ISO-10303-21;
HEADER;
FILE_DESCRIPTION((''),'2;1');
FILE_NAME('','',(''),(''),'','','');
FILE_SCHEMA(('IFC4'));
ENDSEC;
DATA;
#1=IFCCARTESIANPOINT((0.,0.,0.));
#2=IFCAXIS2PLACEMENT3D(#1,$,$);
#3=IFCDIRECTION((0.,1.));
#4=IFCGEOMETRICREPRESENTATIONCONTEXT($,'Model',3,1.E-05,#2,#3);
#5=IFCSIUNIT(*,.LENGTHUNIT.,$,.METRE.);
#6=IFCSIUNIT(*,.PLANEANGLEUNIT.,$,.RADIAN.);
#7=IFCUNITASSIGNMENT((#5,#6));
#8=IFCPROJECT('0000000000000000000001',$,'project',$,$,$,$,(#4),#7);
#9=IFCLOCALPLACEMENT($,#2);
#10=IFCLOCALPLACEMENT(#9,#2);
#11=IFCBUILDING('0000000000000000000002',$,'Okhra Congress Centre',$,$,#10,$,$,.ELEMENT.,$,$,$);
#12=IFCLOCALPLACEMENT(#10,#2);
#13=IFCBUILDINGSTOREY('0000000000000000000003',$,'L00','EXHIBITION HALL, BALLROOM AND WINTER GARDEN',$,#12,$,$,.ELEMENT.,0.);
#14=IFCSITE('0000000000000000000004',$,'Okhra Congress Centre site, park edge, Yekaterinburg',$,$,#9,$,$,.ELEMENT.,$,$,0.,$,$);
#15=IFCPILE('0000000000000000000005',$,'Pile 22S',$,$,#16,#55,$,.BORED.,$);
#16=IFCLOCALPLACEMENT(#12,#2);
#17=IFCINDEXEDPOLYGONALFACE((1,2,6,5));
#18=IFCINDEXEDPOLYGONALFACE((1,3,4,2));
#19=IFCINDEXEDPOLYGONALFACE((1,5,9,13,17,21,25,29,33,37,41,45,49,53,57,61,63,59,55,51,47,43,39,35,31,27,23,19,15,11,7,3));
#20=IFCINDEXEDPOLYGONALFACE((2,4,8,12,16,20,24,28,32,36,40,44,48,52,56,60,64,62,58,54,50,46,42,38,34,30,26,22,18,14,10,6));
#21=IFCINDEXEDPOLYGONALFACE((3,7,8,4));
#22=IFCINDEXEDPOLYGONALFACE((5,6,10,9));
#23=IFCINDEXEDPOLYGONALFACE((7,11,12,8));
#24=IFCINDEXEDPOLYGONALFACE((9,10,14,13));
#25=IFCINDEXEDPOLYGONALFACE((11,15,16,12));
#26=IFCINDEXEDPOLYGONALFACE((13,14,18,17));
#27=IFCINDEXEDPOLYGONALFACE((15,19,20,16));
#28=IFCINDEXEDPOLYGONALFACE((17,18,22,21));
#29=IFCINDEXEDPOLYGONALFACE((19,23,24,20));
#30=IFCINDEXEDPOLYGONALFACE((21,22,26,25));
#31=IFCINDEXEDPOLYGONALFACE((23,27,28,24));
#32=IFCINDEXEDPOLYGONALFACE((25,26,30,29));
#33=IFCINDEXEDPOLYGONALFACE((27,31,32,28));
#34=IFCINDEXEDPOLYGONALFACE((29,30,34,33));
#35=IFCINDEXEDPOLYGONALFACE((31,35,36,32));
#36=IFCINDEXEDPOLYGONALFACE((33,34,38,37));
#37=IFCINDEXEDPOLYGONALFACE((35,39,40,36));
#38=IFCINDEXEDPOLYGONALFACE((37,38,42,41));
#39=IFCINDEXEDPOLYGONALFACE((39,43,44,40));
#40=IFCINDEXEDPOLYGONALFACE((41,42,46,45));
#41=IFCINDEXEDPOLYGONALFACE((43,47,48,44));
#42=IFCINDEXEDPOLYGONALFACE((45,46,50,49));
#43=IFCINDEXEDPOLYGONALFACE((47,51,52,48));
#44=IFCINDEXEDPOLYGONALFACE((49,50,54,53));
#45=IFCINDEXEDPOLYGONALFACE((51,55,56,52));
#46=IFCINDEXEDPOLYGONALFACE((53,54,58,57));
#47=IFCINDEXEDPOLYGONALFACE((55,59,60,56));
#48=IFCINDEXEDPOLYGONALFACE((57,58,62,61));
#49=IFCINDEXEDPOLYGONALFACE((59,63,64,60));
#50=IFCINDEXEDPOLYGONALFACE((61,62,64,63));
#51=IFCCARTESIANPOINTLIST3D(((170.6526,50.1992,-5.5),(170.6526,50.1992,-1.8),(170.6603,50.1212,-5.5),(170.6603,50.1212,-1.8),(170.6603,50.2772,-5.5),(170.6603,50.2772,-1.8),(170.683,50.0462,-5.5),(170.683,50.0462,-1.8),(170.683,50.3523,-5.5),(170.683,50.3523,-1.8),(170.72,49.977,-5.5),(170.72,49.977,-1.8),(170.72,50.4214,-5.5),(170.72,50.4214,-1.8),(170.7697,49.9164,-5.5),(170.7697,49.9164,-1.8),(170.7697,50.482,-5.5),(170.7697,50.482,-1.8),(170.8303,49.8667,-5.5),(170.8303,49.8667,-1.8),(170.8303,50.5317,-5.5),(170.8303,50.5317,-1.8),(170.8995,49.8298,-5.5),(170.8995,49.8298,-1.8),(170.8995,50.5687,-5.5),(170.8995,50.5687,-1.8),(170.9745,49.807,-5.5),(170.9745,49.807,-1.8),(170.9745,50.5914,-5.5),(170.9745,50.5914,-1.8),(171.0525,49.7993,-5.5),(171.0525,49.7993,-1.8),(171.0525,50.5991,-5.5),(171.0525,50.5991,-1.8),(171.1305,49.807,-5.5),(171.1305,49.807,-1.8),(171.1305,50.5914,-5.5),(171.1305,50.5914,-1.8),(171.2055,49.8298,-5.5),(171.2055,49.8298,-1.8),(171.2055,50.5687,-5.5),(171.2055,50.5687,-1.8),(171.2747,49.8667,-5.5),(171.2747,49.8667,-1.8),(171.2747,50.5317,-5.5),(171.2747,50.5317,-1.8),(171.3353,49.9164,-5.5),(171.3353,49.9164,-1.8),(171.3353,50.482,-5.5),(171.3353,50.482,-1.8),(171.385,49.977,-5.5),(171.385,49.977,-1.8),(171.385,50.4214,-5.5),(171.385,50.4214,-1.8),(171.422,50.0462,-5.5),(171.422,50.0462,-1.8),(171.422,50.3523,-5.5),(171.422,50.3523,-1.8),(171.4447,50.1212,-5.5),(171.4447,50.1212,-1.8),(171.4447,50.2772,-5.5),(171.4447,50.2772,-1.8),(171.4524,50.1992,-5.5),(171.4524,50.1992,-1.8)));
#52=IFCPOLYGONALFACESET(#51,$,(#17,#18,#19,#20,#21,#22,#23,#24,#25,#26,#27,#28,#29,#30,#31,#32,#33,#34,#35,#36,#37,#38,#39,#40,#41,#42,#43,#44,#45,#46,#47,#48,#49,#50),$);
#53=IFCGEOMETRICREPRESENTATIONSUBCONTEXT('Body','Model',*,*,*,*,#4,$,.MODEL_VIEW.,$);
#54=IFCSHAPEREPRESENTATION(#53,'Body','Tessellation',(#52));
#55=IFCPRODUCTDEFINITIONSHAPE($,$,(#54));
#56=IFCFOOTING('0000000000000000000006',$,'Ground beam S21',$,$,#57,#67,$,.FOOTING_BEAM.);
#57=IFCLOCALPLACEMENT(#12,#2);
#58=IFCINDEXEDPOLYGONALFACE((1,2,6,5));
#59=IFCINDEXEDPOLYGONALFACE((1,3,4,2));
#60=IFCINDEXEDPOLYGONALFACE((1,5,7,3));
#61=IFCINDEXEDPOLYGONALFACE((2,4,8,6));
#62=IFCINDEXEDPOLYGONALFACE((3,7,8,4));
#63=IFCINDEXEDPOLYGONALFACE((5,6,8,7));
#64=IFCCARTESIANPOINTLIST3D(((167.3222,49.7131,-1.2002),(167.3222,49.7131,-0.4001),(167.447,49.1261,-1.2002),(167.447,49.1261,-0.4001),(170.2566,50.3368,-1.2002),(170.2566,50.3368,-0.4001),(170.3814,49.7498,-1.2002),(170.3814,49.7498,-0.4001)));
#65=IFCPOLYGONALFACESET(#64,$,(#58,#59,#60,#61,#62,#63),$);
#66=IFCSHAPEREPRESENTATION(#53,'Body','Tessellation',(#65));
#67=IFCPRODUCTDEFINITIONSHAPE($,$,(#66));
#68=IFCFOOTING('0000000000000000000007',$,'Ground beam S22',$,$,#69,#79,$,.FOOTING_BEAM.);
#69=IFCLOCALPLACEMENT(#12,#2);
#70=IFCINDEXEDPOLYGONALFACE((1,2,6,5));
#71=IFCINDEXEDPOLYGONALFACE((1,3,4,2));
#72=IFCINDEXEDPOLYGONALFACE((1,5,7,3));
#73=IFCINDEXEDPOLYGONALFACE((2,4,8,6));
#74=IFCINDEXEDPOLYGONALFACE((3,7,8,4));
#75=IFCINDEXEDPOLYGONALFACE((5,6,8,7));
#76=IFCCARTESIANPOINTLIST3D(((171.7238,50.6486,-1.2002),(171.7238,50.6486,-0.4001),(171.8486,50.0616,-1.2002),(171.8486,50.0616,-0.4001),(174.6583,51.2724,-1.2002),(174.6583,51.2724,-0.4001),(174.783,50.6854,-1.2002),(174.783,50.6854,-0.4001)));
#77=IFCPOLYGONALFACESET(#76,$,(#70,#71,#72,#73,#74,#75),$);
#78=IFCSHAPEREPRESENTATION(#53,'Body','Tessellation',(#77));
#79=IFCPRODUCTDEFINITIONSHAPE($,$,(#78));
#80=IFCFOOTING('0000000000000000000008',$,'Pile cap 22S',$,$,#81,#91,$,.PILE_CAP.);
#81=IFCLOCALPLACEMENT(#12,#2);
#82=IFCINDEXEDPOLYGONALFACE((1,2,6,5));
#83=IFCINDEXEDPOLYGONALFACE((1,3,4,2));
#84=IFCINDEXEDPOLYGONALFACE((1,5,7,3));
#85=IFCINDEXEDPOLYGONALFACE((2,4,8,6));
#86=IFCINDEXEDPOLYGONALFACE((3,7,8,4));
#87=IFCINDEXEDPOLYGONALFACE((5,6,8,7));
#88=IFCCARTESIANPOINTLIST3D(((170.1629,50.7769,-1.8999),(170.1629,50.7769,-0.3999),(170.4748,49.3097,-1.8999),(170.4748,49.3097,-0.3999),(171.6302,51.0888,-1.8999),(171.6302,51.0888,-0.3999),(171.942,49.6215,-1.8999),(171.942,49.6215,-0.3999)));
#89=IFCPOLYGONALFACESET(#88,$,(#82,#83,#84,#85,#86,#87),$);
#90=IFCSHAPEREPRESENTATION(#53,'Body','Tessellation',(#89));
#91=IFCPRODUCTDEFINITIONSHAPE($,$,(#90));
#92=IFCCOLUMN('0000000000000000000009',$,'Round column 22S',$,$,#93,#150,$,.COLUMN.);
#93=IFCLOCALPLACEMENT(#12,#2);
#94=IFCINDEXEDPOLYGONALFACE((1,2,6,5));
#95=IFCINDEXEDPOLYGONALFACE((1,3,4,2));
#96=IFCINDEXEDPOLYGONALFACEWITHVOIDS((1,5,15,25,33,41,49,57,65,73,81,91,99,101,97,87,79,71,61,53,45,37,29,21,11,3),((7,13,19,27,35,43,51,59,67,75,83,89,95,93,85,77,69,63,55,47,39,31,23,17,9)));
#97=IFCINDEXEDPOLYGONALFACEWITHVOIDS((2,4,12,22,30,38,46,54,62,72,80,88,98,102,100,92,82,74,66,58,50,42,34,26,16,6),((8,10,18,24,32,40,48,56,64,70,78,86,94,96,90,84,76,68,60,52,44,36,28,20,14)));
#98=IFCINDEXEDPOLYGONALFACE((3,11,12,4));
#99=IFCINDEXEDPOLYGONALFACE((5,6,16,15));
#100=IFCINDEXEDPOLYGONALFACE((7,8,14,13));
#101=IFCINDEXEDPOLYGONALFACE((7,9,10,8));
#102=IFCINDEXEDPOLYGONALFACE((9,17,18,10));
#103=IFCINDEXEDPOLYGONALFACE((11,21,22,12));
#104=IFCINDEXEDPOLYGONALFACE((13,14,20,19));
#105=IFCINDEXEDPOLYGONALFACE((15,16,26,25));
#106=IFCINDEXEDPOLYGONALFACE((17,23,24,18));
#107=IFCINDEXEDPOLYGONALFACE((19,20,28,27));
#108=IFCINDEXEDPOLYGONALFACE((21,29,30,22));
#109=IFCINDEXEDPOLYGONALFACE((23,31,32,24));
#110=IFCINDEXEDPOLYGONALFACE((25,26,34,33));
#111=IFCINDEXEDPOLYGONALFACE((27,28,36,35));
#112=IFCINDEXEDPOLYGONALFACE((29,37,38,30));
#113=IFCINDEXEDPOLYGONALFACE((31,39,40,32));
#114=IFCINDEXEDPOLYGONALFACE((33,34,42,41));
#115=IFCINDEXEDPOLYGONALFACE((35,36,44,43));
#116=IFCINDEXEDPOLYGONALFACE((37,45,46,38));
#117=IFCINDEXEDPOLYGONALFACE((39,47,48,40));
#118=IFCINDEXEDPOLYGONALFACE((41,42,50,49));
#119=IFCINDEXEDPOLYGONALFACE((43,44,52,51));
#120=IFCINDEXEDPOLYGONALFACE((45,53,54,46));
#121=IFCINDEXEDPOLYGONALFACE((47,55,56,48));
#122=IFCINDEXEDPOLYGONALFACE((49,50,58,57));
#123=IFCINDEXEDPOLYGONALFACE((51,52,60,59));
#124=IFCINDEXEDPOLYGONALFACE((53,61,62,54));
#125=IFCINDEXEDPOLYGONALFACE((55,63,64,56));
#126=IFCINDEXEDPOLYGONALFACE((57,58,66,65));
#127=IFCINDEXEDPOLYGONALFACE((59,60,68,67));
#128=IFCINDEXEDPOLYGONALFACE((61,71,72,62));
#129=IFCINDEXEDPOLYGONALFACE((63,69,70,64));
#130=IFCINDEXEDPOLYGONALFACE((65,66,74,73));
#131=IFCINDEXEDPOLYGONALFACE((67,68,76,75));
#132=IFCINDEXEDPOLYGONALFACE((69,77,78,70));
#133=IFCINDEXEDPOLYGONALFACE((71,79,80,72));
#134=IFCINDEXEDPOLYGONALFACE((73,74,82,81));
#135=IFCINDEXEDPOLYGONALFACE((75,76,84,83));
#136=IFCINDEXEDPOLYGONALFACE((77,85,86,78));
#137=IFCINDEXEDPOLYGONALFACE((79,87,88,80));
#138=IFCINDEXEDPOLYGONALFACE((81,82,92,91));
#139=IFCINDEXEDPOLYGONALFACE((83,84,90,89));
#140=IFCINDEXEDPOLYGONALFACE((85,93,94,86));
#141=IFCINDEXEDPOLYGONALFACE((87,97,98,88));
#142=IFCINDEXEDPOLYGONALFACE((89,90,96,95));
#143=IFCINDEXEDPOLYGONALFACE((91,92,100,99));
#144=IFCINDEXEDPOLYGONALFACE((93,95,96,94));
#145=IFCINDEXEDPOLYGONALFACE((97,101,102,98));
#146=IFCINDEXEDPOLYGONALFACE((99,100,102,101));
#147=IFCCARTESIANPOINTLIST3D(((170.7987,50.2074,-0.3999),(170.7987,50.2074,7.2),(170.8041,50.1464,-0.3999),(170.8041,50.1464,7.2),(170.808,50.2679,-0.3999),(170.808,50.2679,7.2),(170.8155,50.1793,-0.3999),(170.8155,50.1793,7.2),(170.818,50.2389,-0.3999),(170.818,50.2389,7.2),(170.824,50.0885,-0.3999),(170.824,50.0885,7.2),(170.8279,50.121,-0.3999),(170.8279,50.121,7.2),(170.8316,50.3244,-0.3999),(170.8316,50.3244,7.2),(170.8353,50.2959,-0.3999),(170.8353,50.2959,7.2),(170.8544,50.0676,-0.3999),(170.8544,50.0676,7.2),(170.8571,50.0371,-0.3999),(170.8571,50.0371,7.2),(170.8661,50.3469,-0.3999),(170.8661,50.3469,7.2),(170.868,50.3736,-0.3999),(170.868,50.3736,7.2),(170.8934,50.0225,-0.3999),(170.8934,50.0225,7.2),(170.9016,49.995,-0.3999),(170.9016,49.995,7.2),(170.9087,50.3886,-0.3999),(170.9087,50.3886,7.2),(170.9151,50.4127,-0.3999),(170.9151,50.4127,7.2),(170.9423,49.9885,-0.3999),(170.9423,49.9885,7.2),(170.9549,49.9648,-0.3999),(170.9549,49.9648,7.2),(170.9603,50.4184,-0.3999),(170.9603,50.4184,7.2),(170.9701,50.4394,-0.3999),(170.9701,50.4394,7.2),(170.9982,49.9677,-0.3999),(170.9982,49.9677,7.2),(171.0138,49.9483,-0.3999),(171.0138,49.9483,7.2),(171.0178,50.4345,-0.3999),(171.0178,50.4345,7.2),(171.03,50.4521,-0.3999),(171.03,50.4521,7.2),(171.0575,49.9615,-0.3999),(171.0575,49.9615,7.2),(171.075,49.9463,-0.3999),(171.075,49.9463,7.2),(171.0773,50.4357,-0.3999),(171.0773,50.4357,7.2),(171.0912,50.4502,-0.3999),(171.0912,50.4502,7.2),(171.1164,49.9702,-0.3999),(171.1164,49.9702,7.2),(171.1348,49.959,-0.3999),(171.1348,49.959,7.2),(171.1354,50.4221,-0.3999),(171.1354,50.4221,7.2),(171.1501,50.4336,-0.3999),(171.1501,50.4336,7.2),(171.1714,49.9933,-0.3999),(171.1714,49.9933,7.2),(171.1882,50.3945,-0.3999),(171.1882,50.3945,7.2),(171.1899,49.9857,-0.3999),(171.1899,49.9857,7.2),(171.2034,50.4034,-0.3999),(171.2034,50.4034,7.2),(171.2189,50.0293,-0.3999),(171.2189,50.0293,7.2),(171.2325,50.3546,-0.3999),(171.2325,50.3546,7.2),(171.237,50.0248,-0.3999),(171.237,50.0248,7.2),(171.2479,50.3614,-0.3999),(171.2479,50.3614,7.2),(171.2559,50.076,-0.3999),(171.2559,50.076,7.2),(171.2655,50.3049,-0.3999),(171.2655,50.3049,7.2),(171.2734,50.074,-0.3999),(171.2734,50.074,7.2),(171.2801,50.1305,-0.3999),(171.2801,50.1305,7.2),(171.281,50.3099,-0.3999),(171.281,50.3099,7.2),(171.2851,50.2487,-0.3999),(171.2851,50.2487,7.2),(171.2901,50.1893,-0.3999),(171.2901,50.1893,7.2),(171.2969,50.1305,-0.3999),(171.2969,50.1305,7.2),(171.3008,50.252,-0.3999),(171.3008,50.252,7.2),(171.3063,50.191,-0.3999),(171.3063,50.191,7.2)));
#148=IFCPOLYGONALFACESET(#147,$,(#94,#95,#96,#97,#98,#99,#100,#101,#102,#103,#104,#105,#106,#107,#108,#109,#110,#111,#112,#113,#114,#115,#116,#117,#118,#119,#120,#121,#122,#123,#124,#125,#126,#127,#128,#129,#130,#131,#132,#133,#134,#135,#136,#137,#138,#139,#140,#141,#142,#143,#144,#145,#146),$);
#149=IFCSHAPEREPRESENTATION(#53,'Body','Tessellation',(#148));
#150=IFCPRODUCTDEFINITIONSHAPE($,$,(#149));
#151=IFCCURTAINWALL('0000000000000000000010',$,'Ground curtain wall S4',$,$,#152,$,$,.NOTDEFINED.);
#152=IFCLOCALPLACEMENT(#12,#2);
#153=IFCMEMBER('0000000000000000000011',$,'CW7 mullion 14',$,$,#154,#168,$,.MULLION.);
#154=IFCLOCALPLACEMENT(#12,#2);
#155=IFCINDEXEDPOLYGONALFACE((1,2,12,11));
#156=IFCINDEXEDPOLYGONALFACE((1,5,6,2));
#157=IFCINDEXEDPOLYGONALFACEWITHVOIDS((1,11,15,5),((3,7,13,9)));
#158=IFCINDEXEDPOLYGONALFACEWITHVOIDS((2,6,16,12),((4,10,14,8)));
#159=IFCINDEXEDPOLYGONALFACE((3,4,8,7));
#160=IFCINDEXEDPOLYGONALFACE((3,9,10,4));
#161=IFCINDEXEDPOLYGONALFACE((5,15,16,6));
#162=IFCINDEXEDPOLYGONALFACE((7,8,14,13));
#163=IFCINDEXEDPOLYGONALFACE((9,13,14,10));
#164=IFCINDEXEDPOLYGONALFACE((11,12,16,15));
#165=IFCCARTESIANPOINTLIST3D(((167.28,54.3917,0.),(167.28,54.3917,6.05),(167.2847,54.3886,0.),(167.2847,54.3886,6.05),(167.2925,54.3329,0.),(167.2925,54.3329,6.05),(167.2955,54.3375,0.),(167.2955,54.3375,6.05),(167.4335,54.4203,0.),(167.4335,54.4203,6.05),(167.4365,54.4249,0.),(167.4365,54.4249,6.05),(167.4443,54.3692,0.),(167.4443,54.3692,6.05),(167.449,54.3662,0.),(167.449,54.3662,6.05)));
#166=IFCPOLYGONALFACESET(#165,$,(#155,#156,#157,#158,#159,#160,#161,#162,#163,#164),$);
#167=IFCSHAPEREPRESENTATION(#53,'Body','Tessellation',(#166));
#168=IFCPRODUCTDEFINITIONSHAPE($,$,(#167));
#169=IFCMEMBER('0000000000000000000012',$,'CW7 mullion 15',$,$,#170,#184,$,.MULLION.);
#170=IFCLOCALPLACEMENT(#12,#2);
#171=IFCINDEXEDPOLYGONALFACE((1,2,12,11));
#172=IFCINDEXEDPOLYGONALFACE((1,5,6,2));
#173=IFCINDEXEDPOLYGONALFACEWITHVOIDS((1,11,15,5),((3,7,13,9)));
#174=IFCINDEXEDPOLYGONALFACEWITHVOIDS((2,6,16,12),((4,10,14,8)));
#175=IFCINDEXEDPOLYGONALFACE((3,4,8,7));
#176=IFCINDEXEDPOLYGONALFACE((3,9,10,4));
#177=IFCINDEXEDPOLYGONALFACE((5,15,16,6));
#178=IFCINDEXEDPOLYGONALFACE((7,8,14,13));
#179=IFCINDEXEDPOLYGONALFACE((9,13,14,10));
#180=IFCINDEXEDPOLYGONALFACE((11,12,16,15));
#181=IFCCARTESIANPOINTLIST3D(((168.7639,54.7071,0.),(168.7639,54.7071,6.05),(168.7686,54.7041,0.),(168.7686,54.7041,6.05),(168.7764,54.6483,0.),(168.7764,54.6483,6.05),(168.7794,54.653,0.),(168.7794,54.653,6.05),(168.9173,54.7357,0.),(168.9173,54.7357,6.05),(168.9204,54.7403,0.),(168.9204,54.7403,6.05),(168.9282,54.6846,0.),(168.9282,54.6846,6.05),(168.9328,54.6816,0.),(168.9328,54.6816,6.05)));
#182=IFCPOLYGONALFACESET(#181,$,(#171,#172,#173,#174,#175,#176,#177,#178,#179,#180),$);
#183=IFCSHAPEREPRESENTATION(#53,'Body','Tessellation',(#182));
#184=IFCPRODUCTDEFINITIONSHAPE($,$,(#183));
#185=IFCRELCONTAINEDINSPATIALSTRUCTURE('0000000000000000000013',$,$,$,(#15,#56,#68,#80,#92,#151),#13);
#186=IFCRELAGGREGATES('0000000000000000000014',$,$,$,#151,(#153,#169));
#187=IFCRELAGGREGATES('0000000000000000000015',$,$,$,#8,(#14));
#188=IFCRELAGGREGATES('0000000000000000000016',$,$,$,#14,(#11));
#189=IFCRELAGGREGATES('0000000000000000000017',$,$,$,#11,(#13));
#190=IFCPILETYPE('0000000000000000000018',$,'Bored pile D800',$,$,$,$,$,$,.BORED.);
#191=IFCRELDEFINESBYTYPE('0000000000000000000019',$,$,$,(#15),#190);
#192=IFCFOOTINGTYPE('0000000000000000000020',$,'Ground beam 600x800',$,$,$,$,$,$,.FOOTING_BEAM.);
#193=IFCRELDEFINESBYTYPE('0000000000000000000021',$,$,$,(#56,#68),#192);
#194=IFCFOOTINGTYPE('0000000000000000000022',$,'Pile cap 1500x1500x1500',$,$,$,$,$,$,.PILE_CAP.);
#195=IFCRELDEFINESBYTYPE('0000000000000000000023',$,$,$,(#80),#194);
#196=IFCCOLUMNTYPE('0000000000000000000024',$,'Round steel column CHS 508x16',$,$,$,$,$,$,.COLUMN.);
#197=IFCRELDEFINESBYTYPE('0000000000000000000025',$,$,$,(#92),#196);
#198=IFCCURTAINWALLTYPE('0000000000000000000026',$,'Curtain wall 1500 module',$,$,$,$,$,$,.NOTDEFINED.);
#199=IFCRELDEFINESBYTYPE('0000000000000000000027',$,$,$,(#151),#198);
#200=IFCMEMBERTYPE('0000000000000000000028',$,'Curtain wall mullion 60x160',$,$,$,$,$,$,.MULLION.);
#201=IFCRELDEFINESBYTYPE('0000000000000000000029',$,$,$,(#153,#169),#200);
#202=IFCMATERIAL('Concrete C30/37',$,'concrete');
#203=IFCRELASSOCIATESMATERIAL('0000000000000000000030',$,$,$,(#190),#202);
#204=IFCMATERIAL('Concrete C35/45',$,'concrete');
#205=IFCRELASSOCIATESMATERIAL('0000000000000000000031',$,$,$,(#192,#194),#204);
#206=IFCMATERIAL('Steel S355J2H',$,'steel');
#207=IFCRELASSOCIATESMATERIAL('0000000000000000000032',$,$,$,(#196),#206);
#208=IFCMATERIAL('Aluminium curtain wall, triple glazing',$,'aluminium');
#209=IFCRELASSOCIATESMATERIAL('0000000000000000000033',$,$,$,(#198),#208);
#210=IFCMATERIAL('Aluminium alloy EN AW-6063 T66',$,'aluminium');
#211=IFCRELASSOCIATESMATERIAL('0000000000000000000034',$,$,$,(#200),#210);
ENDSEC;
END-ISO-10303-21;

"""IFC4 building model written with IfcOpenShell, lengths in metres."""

from ifc_helpers import new_model, si_unit, direction, frame, origin, origin_2d, place, context, subcontext, project, spatial, rectangle, hollow_rectangle, circle, hollow_circle, extrude, material, material_profile, profile_set, type_object, element, aggregate, save


model = new_model("IFC4")

# Units and contexts
model_context = context("Model", 3, precision=1e-05, world=origin(), true_north=direction((0.0, 1.0)))
body_context = subcontext(model_context, "Body", "Model", "MODEL_VIEW")
ifc_project = project(units=[si_unit("LENGTHUNIT", "METRE"), si_unit("PLANEANGLEUNIT", "RADIAN")], contexts=[model_context])

# Site, building, storey
site_placement = place(None, origin())
site = spatial("IfcSite", under=ifc_project, at=site_placement, Name="Okhra Congress Centre site, park edge, Yekaterinburg", CompositionType="ELEMENT", RefElevation=0.0)
building_placement = place(site_placement, origin())
building = spatial("IfcBuilding", under=site, at=building_placement, Name="Okhra Congress Centre", CompositionType="ELEMENT")
storey_placement = place(building_placement, origin())
storey = spatial("IfcBuildingStorey", under=building, at=storey_placement, Name="L00", Description="EXHIBITION HALL, BALLROOM AND WINTER GARDEN", CompositionType="ELEMENT", Elevation=0.0)

# Pile
ifc_material_1 = material(Name="Concrete C30/37", Category="concrete")
ifc_material_profile_1 = material_profile(ifc_material_1, circle(Radius=0.3999, at=origin_2d()), Name="D800")
ifc_profile_set_1 = profile_set([ifc_material_profile_1], Name="Concrete C30/37")
pile_type = type_object("IfcPileType", Name="Bored pile D800", PredefinedType="BORED", material=ifc_profile_set_1)
pile_placement = place(storey_placement, frame((171.0525, 50.1992, -1.8), z_axis=(0.0, 0.0, -1.0), x_axis=(1.0, 0.0, 0.0)))
element("IfcPile", 1, at=pile_placement, inside=storey, type_object=pile_type, Name="Pile 22S", PredefinedType="BORED", context=body_context, shape_type="SweptSolid", body=[
    extrude(circle(Radius=0.3999, at=origin_2d()), origin(), (0.0, 0.0, 1.0), 3.7),
])

# Footings
ifc_material_2 = material(Name="Concrete C35/45", Category="concrete")
footing_type_1 = type_object("IfcFootingType", Name="Ground beam 600x800", PredefinedType="FOOTING_BEAM", material=ifc_material_2)
for number, where, z_axis, x_axis, name in (
    (2, (168.8518, 49.7314, -1.2002), (0.0, 0.0, 1.0), (0.978148, 0.207912, 0.0), "Ground beam S21"),
    (3, (173.2534, 50.667, -1.2002), (0.0, 0.0, 1.0), (0.978148, 0.207912, 0.0), "Ground beam S22"),
):
    element("IfcFooting", number, at=place(storey_placement, frame(where, z_axis=z_axis, x_axis=x_axis)), inside=storey, type_object=footing_type_1, Name=name, PredefinedType="FOOTING_BEAM", context=body_context, shape_type="SweptSolid", body=[
        extrude(rectangle(XDim=3.0, YDim=0.6001, at=origin_2d()), origin(), (0.0, 0.0, 1.0), 0.8),
    ])
footing_type_2 = type_object("IfcFootingType", Name="Pile cap 1500x1500x1500", PredefinedType="PILE_CAP", material=ifc_material_2)
footing_placement = place(storey_placement, frame((171.0525, 50.1992, -1.8999), z_axis=(0.0, 0.0, 1.0), x_axis=(0.978148, 0.207912, 0.0)))
element("IfcFooting", 4, at=footing_placement, inside=storey, type_object=footing_type_2, Name="Pile cap 22S", PredefinedType="PILE_CAP", context=body_context, shape_type="SweptSolid", body=[
    extrude(rectangle(XDim=1.5, YDim=1.5, at=origin_2d()), origin(), (0.0, 0.0, 1.0), 1.5),
])

# Column
ifc_material_3 = material(Name="Steel S355J2H", Category="steel")
ifc_material_profile_2 = material_profile(ifc_material_3, hollow_circle(Radius=0.2539, WallThickness=0.0161, at=origin_2d()), Name="CHS 508x16")
ifc_profile_set_2 = profile_set([ifc_material_profile_2], Name="Steel S355J2H")
column_type = type_object("IfcColumnType", Name="Round steel column CHS 508x16", PredefinedType="COLUMN", material=ifc_profile_set_2)
column_placement = place(storey_placement, frame((171.0525, 50.1992, -0.3999), z_axis=(0.0, 0.0, 1.0), x_axis=(0.978148, 0.207912, 0.0)))
element("IfcColumn", 5, at=column_placement, inside=storey, type_object=column_type, Name="Round column 22S", PredefinedType="COLUMN", context=body_context, shape_type="SweptSolid", body=[
    extrude(hollow_circle(Radius=0.2539, WallThickness=0.0161, at=origin_2d()), origin(), (0.0, 0.0, 1.0), 7.5999),
])

# Curtain wall, members
ifc_material_4 = material(Name="Aluminium curtain wall, triple glazing", Category="aluminium")
curtain_wall_type = type_object("IfcCurtainWallType", Name="Curtain wall 1500 module", PredefinedType="NOTDEFINED", material=ifc_material_4)
curtain_wall_placement = place(storey_placement, origin())
curtain_wall = element("IfcCurtainWall", 6, at=curtain_wall_placement, inside=storey, type_object=curtain_wall_type, Name="Ground curtain wall S4", PredefinedType="NOTDEFINED")
ifc_material_5 = material(Name="Aluminium alloy EN AW-6063 T66", Category="aluminium")
ifc_material_profile_3 = material_profile(ifc_material_5, hollow_rectangle(XDim=0.0601, YDim=0.1599, WallThickness=0.0039, at=origin_2d()), Name="RHS 60x160x4")
ifc_profile_set_3 = profile_set([ifc_material_profile_3], Name="Aluminium alloy EN AW-6063 T66")
member_type_1 = type_object("IfcMemberType", Name="Curtain wall mullion 60x160", PredefinedType="MULLION", material=ifc_profile_set_3)
member_1_placement = place(storey_placement, frame((167.3645, 54.3789, 0.0), z_axis=(0.0, 0.0, 1.0), x_axis=(-0.207912, 0.978148, 0.0)))
member_1 = element("IfcMember", 7, at=member_1_placement, type_object=member_type_1, Name="CW7 mullion 14", PredefinedType="MULLION", context=body_context, shape_type="SweptSolid", body=[
    extrude(hollow_rectangle(XDim=0.0601, YDim=0.1599, WallThickness=0.0039, at=origin_2d()), origin(), (0.0, 0.0, 1.0), 6.05),
])
member_2_placement = place(storey_placement, frame((168.8484, 54.6943, 0.0), z_axis=(0.0, 0.0, 1.0), x_axis=(-0.207912, 0.978148, 0.0)))
member_2 = element("IfcMember", 8, at=member_2_placement, type_object=member_type_1, Name="CW7 mullion 15", PredefinedType="MULLION", context=body_context, shape_type="SweptSolid", body=[
    extrude(hollow_rectangle(XDim=0.0601, YDim=0.1599, WallThickness=0.0039, at=origin_2d()), origin(), (0.0, 0.0, 1.0), 6.05),
])

aggregate(curtain_wall, [member_1, member_2])

save(model, "model.ifc")
